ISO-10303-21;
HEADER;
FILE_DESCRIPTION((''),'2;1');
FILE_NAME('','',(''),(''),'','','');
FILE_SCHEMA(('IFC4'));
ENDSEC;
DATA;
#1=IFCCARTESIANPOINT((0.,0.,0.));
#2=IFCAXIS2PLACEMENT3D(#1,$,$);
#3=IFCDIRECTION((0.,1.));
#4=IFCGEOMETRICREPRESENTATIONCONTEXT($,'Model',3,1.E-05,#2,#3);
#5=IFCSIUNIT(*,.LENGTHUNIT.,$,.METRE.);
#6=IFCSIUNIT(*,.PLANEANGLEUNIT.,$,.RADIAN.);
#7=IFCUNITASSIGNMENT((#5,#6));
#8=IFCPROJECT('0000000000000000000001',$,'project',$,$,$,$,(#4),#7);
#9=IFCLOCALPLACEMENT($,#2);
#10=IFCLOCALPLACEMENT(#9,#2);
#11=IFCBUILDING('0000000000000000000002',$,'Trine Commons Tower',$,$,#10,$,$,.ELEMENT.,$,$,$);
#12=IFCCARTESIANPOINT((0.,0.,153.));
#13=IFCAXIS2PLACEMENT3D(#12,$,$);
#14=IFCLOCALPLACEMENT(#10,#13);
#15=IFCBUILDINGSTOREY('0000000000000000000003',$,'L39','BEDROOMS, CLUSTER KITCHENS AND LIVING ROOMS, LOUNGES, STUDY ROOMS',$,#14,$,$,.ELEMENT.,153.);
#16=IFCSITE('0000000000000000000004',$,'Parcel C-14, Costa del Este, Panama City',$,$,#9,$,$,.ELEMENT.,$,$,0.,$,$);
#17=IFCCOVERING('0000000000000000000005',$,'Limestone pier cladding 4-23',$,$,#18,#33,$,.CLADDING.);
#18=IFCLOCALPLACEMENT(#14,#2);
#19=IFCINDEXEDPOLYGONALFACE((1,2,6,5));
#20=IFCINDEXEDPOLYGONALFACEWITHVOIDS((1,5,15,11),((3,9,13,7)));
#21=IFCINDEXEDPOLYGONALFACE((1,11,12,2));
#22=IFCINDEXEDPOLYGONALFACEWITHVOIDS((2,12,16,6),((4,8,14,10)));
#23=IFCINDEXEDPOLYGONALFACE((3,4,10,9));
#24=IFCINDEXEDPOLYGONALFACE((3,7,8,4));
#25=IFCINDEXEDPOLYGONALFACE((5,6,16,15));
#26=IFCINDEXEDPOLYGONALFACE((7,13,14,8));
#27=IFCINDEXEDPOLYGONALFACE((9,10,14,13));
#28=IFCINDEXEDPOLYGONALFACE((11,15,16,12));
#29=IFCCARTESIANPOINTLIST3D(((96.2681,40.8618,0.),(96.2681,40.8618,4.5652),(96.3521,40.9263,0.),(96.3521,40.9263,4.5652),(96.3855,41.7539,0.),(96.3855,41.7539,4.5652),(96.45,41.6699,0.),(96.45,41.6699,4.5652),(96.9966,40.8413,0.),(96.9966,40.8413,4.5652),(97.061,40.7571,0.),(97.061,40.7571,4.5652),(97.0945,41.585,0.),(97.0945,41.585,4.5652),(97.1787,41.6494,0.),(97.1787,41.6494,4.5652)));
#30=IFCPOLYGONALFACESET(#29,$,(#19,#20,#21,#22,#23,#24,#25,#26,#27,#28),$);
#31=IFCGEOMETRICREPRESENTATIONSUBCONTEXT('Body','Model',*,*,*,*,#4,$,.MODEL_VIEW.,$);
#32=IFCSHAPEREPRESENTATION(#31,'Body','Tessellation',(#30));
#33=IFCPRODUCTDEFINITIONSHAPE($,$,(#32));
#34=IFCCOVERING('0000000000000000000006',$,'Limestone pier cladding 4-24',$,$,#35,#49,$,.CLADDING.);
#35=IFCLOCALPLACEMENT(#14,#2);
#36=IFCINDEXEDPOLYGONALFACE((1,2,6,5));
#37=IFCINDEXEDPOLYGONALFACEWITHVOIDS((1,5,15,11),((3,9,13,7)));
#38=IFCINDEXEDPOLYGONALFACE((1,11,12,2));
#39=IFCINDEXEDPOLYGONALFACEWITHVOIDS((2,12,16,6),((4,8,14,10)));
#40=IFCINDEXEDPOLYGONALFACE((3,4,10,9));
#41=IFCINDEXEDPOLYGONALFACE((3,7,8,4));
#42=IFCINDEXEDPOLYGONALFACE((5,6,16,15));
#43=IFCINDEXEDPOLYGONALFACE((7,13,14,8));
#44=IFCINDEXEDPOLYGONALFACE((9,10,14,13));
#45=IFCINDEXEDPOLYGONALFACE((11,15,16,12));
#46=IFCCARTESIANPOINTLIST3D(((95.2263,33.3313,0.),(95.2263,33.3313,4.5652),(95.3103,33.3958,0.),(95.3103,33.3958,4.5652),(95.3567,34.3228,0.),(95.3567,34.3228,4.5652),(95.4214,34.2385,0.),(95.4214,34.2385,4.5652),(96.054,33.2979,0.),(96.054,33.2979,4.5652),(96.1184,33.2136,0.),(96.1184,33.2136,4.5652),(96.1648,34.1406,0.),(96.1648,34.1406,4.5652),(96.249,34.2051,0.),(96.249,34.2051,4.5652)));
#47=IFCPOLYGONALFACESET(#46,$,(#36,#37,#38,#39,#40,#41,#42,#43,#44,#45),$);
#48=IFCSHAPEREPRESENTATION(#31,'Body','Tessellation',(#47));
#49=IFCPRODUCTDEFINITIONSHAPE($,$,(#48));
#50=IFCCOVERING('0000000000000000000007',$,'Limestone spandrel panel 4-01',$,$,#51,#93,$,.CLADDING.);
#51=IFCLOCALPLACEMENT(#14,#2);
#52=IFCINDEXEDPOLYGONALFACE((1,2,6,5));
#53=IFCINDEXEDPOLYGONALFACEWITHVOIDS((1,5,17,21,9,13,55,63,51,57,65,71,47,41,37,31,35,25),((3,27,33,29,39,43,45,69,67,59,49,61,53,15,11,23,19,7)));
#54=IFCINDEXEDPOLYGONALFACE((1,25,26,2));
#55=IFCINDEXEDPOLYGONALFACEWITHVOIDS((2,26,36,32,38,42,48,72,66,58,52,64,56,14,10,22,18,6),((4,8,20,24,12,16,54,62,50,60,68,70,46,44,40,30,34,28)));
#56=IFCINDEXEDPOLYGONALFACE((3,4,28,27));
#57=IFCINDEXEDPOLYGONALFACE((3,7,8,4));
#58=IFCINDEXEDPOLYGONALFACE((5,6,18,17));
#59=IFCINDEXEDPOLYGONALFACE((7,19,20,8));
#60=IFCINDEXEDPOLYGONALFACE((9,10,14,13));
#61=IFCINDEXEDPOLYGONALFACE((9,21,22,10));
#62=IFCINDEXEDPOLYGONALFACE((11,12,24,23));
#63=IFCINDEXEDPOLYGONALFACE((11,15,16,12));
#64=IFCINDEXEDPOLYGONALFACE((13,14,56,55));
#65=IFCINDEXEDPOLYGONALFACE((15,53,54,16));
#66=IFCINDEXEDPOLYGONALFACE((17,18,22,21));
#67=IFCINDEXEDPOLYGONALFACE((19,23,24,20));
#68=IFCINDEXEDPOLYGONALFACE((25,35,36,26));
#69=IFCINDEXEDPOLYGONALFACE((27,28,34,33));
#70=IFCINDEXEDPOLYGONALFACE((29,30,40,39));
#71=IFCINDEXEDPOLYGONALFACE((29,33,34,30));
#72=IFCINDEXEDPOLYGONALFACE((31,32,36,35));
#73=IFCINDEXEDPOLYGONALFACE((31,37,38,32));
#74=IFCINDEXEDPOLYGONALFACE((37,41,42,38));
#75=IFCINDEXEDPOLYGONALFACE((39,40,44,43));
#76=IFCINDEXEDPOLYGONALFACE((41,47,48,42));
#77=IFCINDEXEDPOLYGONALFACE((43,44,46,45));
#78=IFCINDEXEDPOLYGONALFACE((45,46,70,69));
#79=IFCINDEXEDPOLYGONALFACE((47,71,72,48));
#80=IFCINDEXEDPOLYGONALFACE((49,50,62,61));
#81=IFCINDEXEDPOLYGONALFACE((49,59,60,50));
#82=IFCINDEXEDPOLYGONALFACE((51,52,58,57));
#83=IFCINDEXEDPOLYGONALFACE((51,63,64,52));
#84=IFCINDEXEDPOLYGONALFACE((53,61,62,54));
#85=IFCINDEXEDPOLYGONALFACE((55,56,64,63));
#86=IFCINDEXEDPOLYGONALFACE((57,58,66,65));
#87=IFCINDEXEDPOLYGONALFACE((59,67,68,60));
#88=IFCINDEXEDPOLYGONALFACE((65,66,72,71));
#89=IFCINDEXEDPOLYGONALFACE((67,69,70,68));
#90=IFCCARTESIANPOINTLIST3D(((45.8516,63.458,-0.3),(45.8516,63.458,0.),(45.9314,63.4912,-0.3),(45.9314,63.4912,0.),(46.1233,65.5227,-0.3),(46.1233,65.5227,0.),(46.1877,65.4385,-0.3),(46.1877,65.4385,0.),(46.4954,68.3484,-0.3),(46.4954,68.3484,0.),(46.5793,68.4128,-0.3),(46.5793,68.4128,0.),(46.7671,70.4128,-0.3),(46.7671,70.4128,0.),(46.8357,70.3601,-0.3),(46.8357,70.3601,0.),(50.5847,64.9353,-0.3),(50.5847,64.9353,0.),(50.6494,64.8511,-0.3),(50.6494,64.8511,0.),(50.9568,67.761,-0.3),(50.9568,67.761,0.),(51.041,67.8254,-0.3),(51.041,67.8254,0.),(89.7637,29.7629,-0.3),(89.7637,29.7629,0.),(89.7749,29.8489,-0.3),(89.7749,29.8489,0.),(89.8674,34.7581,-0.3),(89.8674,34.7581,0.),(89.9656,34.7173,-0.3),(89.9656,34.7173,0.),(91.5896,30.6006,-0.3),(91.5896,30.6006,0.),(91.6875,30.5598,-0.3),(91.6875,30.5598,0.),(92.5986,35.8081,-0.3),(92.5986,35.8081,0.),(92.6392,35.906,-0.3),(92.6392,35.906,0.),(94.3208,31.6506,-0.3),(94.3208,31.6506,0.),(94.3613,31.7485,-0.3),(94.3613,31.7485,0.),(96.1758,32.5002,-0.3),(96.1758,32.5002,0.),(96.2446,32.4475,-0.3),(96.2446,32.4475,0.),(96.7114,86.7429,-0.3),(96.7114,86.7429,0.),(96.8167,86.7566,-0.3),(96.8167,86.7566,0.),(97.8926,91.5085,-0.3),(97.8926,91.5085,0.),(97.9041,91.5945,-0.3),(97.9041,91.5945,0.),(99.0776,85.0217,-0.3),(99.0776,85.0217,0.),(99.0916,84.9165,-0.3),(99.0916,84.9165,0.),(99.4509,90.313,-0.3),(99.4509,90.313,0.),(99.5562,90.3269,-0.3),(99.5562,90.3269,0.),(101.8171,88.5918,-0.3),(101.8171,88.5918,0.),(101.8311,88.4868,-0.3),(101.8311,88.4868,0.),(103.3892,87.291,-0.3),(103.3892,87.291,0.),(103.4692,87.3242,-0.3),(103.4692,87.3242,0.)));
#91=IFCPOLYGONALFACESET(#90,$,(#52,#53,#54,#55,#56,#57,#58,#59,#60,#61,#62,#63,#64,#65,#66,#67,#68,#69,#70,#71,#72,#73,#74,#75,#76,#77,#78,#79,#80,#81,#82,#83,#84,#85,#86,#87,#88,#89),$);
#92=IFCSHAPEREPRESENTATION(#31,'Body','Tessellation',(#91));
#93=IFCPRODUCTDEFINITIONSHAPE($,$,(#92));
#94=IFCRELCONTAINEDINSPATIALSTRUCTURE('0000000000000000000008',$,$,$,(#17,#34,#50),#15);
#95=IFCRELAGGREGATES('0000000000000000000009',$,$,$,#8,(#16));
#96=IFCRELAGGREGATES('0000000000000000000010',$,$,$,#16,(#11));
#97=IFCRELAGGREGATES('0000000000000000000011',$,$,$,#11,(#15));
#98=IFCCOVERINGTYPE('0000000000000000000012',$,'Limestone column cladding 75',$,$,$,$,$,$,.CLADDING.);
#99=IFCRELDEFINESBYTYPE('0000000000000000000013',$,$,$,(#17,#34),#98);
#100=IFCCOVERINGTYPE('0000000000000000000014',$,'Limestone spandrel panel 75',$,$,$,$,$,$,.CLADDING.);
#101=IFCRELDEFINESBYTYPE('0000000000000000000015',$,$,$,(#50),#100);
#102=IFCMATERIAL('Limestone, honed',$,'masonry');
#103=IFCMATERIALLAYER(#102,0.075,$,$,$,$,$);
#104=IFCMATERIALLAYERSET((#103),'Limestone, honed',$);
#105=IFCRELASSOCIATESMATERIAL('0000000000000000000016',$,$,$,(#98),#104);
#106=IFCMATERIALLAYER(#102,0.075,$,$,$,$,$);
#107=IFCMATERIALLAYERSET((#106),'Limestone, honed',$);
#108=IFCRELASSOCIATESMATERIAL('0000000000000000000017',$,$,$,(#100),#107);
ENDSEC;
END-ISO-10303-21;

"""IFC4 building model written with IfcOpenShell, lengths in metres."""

from ifc_helpers import new_model, si_unit, direction, frame, origin, place, context, subcontext, project, spatial, polyline, outline, extrude, material, layer, layer_set, type_object, element, save


model = new_model("IFC4")

# Units and contexts
model_context = context("Model", 3, precision=1e-05, world=origin(), true_north=direction((0.0, 1.0)))
body_context = subcontext(model_context, "Body", "Model", "MODEL_VIEW")
ifc_project = project(units=[si_unit("LENGTHUNIT", "METRE"), si_unit("PLANEANGLEUNIT", "RADIAN")], contexts=[model_context])

# Site, building, storey
site_placement = place(None, origin())
site = spatial("IfcSite", under=ifc_project, at=site_placement, Name="Parcel C-14, Costa del Este, Panama City", CompositionType="ELEMENT", RefElevation=0.0)
building_placement = place(site_placement, origin())
building = spatial("IfcBuilding", under=site, at=building_placement, Name="Trine Commons Tower", CompositionType="ELEMENT")
storey_placement = place(building_placement, frame((0.0, 0.0, 153.0)))
storey = spatial("IfcBuildingStorey", under=building, at=storey_placement, Name="L39", Description="BEDROOMS, CLUSTER KITCHENS AND LIVING ROOMS, LOUNGES, STUDY ROOMS", CompositionType="ELEMENT", Elevation=153.0)

# Coverings
ifc_material_1 = material(Name="Limestone, honed", Category="masonry")
ifc_layer_1 = layer(ifc_material_1, 0.075)
ifc_layer_set_1 = layer_set([ifc_layer_1], Name="Limestone, honed")
covering_type_1 = type_object("IfcCoveringType", Name="Limestone column cladding 75", PredefinedType="CLADDING", material=ifc_layer_set_1)
covering_1_placement = place(storey_placement, origin())
element("IfcCovering", 1, at=covering_1_placement, inside=storey, type_object=covering_type_1, Name="Limestone pier cladding 4-23", PredefinedType="CLADDING", context=body_context, shape_type="SweptSolid", body=[
    extrude(outline(polyline([(97.1787, 41.6494), (96.3855, 41.7539), (96.2681, 40.8618), (97.061, 40.7571), (97.1787, 41.6494)]), holes=[polyline([(97.0945, 41.585), (96.45, 41.6699), (96.3521, 40.9263), (96.9966, 40.8413), (97.0945, 41.585)])]), origin(), (0.0, 0.0, 1.0), 4.5652),
])
covering_2_placement = place(storey_placement, origin())
element("IfcCovering", 2, at=covering_2_placement, inside=storey, type_object=covering_type_1, Name="Limestone pier cladding 4-24", PredefinedType="CLADDING", context=body_context, shape_type="SweptSolid", body=[
    extrude(outline(polyline([(96.249, 34.2051), (95.3567, 34.3228), (95.2263, 33.3313), (96.1184, 33.2136), (96.249, 34.2051)]), holes=[polyline([(96.1648, 34.1406), (95.4214, 34.2385), (95.3103, 33.3958), (96.054, 33.2979), (96.1648, 34.1406)])]), origin(), (0.0, 0.0, 1.0), 4.5652),
])
ifc_layer_2 = layer(ifc_material_1, 0.075)
ifc_layer_set_2 = layer_set([ifc_layer_2], Name="Limestone, honed")
covering_type_2 = type_object("IfcCoveringType", Name="Limestone spandrel panel 75", PredefinedType="CLADDING", material=ifc_layer_set_2)
covering_3_placement = place(storey_placement, frame((0.0, 0.0, -0.3)))
element("IfcCovering", 3, at=covering_3_placement, inside=storey, type_object=covering_type_2, Name="Limestone spandrel panel 4-01", PredefinedType="CLADDING", context=body_context, shape_type="SweptSolid", body=[
    extrude(outline(polyline([(92.5986, 35.8081), (94.3208, 31.6506), (96.2446, 32.4475), (103.4692, 87.3242), (101.8171, 88.5918), (99.0776, 85.0217), (96.8167, 86.7566), (99.5562, 90.3269), (97.9041, 91.5945), (46.7671, 70.4128), (46.4954, 68.3484), (50.9568, 67.761), (50.5847, 64.9353), (46.1233, 65.5227), (45.8516, 63.458), (89.7637, 29.7629), (91.6875, 30.5598), (89.9656, 34.7173), (92.5986, 35.8081)]), holes=[polyline([(101.8311, 88.4868), (103.3892, 87.291), (96.1758, 32.5002), (94.3613, 31.7485), (92.6392, 35.906), (89.8674, 34.7581), (91.5896, 30.6006), (89.7749, 29.8489), (45.9314, 63.4912), (46.1877, 65.4385), (50.6494, 64.8511), (51.041, 67.8254), (46.5793, 68.4128), (46.8357, 70.3601), (97.8926, 91.5085), (99.4509, 90.313), (96.7114, 86.7429), (99.0916, 84.9165), (101.8311, 88.4868)])]), origin(), (0.0, 0.0, 1.0), 0.3),
])

save(model, "model.ifc")
